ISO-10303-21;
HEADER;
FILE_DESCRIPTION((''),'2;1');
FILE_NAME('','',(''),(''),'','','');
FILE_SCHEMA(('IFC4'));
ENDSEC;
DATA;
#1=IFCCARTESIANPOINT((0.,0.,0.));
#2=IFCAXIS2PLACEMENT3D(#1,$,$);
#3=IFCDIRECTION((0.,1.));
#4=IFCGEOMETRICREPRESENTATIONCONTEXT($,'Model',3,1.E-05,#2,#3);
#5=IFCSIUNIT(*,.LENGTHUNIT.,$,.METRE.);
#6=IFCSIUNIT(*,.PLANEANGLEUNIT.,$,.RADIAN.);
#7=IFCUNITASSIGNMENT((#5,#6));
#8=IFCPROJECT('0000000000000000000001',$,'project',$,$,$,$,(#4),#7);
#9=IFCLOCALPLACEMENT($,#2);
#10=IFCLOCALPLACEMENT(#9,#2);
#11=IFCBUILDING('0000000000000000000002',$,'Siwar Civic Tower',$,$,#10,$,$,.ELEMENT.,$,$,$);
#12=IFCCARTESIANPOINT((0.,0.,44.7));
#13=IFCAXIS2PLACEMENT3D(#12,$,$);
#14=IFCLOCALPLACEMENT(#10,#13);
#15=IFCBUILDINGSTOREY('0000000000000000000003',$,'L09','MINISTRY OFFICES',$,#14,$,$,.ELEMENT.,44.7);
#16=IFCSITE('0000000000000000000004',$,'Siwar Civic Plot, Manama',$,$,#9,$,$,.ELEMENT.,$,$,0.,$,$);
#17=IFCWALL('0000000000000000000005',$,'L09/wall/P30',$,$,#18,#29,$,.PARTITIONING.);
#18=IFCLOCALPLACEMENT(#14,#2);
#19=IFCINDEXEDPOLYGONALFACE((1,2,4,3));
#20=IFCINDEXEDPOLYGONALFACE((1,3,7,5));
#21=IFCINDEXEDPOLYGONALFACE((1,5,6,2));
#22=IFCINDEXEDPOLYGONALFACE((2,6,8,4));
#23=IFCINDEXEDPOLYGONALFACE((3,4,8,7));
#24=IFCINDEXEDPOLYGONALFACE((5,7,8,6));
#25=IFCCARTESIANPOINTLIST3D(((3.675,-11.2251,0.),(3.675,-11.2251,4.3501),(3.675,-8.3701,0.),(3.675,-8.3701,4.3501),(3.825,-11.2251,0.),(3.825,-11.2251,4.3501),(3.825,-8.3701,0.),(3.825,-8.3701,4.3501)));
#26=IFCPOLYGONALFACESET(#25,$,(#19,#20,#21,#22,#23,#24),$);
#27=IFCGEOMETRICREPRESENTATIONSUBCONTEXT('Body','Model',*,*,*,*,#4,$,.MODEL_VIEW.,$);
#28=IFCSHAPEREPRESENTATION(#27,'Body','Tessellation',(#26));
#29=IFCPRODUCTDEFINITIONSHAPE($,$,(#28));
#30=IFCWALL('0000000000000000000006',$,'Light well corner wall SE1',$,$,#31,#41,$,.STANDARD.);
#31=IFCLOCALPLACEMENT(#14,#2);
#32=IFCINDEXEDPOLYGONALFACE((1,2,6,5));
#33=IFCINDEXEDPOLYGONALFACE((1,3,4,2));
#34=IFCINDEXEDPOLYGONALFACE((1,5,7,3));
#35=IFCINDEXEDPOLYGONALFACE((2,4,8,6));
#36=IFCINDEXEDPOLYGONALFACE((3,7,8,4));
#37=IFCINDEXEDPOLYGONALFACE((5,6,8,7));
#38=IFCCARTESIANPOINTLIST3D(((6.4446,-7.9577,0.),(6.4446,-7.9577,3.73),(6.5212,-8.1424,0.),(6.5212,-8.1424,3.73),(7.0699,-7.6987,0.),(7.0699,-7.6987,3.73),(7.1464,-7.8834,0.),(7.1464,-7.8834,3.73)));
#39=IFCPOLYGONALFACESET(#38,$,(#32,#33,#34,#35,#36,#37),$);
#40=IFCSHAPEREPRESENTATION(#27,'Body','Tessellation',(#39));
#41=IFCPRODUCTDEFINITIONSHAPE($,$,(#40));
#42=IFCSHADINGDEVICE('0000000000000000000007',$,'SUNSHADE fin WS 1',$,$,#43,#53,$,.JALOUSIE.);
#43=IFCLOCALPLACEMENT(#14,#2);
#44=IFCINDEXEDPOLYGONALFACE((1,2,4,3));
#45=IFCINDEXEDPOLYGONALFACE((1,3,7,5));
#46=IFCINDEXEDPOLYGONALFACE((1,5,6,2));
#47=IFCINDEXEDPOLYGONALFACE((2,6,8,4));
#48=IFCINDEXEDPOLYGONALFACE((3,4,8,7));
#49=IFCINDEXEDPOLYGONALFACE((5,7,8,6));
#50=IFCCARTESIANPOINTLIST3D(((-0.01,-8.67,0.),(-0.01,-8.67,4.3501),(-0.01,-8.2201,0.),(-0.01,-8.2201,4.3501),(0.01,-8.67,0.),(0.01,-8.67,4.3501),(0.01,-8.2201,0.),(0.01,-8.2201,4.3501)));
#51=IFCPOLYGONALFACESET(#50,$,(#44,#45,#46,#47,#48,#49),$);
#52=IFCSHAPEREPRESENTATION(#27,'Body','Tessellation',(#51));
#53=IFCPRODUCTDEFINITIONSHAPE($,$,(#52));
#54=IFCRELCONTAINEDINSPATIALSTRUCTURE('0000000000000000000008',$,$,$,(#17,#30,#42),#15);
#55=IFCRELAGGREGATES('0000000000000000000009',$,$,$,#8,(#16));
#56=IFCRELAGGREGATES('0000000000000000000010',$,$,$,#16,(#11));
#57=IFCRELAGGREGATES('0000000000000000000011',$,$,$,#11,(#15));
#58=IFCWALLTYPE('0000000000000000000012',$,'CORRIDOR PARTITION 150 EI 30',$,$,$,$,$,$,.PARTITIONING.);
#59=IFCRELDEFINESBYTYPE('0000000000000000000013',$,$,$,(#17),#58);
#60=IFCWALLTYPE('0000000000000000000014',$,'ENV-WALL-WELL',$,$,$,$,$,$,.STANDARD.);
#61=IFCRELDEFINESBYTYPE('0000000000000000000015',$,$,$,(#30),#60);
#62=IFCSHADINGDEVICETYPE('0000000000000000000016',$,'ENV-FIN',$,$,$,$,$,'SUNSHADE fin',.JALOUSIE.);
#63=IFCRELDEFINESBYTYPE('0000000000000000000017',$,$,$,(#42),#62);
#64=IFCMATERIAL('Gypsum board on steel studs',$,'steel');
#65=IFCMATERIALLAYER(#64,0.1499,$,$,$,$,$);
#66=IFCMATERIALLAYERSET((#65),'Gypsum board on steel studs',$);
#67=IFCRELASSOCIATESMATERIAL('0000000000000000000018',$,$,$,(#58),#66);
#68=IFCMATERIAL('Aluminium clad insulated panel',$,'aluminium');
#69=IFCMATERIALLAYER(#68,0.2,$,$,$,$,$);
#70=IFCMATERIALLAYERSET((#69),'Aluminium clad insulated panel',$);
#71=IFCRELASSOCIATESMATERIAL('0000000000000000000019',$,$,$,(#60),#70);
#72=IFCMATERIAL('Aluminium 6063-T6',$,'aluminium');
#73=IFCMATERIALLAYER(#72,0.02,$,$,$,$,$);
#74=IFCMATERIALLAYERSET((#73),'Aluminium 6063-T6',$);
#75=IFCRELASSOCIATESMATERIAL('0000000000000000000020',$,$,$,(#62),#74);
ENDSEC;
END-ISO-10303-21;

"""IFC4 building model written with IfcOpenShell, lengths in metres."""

from ifc_helpers import new_model, si_unit, direction, frame, frame_2d, origin, origin_2d, place, context, subcontext, project, spatial, rectangle, extrude, material, layer, layer_set, type_object, element, save


model = new_model("IFC4")

# Units and contexts
model_context = context("Model", 3, precision=1e-05, world=origin(), true_north=direction((0.0, 1.0)))
body_context = subcontext(model_context, "Body", "Model", "MODEL_VIEW")
ifc_project = project(units=[si_unit("LENGTHUNIT", "METRE"), si_unit("PLANEANGLEUNIT", "RADIAN")], contexts=[model_context])

# Site, building, storey
site_placement = place(None, origin())
site = spatial("IfcSite", under=ifc_project, at=site_placement, Name="Siwar Civic Plot, Manama", CompositionType="ELEMENT", RefElevation=0.0)
building_placement = place(site_placement, origin())
building = spatial("IfcBuilding", under=site, at=building_placement, Name="Siwar Civic Tower", CompositionType="ELEMENT")
storey_placement = place(building_placement, frame((0.0, 0.0, 44.7)))
storey = spatial("IfcBuildingStorey", under=building, at=storey_placement, Name="L09", Description="MINISTRY OFFICES", CompositionType="ELEMENT", Elevation=44.7)

# Walls
ifc_material_1 = material(Name="Gypsum board on steel studs", Category="steel")
ifc_layer_1 = layer(ifc_material_1, 0.1499)
ifc_layer_set_1 = layer_set([ifc_layer_1], Name="Gypsum board on steel studs")
wall_type_1 = type_object("IfcWallType", Name="CORRIDOR PARTITION 150 EI 30", PredefinedType="PARTITIONING", material=ifc_layer_set_1)
wall_1_placement = place(storey_placement, frame((3.75, -11.2251, 0.0), z_axis=(0.0, 0.0, 1.0), x_axis=(0.0, 1.0, 0.0)))
element("IfcWall", 1, at=wall_1_placement, inside=storey, type_object=wall_type_1, Name="L09/wall/P30", PredefinedType="PARTITIONING", context=body_context, shape_type="SweptSolid", body=[
    extrude(rectangle(XDim=2.855, YDim=0.1499, at=frame_2d((1.4275, 0.0))), origin(), (0.0, 0.0, 1.0), 4.3501),
])
ifc_material_2 = material(Name="Aluminium clad insulated panel", Category="aluminium")
ifc_layer_2 = layer(ifc_material_2, 0.2)
ifc_layer_set_2 = layer_set([ifc_layer_2], Name="Aluminium clad insulated panel")
wall_type_2 = type_object("IfcWallType", Name="ENV-WALL-WELL", PredefinedType="STANDARD", material=ifc_layer_set_2)
wall_2_placement = place(storey_placement, frame((6.4829, -8.05, 0.0), z_axis=(0.0, 0.0, 1.0), x_axis=(0.923854, 0.382745, 0.0)))
element("IfcWall", 2, at=wall_2_placement, inside=storey, type_object=wall_type_2, Name="Light well corner wall SE1", PredefinedType="STANDARD", context=body_context, shape_type="SweptSolid", body=[
    extrude(rectangle(XDim=0.6768, YDim=0.2, at=frame_2d((0.3384, 0.0))), origin(), (0.0, 0.0, 1.0), 3.73),
])

# Shading device
ifc_material_3 = material(Name="Aluminium 6063-T6", Category="aluminium")
ifc_layer_3 = layer(ifc_material_3, 0.02)
ifc_layer_set_3 = layer_set([ifc_layer_3], Name="Aluminium 6063-T6")
shading_device_type = type_object("IfcShadingDeviceType", Name="ENV-FIN", ElementType="SUNSHADE fin", PredefinedType="JALOUSIE", material=ifc_layer_set_3)
shading_device_placement = place(storey_placement, frame((0.0, -8.4451, 0.0), z_axis=(0.0, 0.0, 1.0), x_axis=(1.0, 0.0, 0.0)))
element("IfcShadingDevice", 3, at=shading_device_placement, inside=storey, type_object=shading_device_type, Name="SUNSHADE fin WS 1", PredefinedType="JALOUSIE", context=body_context, shape_type="SweptSolid", body=[
    extrude(rectangle(XDim=0.02, YDim=0.45, at=origin_2d()), origin(), (0.0, 0.0, 1.0), 4.3501),
])

save(model, "model.ifc")
